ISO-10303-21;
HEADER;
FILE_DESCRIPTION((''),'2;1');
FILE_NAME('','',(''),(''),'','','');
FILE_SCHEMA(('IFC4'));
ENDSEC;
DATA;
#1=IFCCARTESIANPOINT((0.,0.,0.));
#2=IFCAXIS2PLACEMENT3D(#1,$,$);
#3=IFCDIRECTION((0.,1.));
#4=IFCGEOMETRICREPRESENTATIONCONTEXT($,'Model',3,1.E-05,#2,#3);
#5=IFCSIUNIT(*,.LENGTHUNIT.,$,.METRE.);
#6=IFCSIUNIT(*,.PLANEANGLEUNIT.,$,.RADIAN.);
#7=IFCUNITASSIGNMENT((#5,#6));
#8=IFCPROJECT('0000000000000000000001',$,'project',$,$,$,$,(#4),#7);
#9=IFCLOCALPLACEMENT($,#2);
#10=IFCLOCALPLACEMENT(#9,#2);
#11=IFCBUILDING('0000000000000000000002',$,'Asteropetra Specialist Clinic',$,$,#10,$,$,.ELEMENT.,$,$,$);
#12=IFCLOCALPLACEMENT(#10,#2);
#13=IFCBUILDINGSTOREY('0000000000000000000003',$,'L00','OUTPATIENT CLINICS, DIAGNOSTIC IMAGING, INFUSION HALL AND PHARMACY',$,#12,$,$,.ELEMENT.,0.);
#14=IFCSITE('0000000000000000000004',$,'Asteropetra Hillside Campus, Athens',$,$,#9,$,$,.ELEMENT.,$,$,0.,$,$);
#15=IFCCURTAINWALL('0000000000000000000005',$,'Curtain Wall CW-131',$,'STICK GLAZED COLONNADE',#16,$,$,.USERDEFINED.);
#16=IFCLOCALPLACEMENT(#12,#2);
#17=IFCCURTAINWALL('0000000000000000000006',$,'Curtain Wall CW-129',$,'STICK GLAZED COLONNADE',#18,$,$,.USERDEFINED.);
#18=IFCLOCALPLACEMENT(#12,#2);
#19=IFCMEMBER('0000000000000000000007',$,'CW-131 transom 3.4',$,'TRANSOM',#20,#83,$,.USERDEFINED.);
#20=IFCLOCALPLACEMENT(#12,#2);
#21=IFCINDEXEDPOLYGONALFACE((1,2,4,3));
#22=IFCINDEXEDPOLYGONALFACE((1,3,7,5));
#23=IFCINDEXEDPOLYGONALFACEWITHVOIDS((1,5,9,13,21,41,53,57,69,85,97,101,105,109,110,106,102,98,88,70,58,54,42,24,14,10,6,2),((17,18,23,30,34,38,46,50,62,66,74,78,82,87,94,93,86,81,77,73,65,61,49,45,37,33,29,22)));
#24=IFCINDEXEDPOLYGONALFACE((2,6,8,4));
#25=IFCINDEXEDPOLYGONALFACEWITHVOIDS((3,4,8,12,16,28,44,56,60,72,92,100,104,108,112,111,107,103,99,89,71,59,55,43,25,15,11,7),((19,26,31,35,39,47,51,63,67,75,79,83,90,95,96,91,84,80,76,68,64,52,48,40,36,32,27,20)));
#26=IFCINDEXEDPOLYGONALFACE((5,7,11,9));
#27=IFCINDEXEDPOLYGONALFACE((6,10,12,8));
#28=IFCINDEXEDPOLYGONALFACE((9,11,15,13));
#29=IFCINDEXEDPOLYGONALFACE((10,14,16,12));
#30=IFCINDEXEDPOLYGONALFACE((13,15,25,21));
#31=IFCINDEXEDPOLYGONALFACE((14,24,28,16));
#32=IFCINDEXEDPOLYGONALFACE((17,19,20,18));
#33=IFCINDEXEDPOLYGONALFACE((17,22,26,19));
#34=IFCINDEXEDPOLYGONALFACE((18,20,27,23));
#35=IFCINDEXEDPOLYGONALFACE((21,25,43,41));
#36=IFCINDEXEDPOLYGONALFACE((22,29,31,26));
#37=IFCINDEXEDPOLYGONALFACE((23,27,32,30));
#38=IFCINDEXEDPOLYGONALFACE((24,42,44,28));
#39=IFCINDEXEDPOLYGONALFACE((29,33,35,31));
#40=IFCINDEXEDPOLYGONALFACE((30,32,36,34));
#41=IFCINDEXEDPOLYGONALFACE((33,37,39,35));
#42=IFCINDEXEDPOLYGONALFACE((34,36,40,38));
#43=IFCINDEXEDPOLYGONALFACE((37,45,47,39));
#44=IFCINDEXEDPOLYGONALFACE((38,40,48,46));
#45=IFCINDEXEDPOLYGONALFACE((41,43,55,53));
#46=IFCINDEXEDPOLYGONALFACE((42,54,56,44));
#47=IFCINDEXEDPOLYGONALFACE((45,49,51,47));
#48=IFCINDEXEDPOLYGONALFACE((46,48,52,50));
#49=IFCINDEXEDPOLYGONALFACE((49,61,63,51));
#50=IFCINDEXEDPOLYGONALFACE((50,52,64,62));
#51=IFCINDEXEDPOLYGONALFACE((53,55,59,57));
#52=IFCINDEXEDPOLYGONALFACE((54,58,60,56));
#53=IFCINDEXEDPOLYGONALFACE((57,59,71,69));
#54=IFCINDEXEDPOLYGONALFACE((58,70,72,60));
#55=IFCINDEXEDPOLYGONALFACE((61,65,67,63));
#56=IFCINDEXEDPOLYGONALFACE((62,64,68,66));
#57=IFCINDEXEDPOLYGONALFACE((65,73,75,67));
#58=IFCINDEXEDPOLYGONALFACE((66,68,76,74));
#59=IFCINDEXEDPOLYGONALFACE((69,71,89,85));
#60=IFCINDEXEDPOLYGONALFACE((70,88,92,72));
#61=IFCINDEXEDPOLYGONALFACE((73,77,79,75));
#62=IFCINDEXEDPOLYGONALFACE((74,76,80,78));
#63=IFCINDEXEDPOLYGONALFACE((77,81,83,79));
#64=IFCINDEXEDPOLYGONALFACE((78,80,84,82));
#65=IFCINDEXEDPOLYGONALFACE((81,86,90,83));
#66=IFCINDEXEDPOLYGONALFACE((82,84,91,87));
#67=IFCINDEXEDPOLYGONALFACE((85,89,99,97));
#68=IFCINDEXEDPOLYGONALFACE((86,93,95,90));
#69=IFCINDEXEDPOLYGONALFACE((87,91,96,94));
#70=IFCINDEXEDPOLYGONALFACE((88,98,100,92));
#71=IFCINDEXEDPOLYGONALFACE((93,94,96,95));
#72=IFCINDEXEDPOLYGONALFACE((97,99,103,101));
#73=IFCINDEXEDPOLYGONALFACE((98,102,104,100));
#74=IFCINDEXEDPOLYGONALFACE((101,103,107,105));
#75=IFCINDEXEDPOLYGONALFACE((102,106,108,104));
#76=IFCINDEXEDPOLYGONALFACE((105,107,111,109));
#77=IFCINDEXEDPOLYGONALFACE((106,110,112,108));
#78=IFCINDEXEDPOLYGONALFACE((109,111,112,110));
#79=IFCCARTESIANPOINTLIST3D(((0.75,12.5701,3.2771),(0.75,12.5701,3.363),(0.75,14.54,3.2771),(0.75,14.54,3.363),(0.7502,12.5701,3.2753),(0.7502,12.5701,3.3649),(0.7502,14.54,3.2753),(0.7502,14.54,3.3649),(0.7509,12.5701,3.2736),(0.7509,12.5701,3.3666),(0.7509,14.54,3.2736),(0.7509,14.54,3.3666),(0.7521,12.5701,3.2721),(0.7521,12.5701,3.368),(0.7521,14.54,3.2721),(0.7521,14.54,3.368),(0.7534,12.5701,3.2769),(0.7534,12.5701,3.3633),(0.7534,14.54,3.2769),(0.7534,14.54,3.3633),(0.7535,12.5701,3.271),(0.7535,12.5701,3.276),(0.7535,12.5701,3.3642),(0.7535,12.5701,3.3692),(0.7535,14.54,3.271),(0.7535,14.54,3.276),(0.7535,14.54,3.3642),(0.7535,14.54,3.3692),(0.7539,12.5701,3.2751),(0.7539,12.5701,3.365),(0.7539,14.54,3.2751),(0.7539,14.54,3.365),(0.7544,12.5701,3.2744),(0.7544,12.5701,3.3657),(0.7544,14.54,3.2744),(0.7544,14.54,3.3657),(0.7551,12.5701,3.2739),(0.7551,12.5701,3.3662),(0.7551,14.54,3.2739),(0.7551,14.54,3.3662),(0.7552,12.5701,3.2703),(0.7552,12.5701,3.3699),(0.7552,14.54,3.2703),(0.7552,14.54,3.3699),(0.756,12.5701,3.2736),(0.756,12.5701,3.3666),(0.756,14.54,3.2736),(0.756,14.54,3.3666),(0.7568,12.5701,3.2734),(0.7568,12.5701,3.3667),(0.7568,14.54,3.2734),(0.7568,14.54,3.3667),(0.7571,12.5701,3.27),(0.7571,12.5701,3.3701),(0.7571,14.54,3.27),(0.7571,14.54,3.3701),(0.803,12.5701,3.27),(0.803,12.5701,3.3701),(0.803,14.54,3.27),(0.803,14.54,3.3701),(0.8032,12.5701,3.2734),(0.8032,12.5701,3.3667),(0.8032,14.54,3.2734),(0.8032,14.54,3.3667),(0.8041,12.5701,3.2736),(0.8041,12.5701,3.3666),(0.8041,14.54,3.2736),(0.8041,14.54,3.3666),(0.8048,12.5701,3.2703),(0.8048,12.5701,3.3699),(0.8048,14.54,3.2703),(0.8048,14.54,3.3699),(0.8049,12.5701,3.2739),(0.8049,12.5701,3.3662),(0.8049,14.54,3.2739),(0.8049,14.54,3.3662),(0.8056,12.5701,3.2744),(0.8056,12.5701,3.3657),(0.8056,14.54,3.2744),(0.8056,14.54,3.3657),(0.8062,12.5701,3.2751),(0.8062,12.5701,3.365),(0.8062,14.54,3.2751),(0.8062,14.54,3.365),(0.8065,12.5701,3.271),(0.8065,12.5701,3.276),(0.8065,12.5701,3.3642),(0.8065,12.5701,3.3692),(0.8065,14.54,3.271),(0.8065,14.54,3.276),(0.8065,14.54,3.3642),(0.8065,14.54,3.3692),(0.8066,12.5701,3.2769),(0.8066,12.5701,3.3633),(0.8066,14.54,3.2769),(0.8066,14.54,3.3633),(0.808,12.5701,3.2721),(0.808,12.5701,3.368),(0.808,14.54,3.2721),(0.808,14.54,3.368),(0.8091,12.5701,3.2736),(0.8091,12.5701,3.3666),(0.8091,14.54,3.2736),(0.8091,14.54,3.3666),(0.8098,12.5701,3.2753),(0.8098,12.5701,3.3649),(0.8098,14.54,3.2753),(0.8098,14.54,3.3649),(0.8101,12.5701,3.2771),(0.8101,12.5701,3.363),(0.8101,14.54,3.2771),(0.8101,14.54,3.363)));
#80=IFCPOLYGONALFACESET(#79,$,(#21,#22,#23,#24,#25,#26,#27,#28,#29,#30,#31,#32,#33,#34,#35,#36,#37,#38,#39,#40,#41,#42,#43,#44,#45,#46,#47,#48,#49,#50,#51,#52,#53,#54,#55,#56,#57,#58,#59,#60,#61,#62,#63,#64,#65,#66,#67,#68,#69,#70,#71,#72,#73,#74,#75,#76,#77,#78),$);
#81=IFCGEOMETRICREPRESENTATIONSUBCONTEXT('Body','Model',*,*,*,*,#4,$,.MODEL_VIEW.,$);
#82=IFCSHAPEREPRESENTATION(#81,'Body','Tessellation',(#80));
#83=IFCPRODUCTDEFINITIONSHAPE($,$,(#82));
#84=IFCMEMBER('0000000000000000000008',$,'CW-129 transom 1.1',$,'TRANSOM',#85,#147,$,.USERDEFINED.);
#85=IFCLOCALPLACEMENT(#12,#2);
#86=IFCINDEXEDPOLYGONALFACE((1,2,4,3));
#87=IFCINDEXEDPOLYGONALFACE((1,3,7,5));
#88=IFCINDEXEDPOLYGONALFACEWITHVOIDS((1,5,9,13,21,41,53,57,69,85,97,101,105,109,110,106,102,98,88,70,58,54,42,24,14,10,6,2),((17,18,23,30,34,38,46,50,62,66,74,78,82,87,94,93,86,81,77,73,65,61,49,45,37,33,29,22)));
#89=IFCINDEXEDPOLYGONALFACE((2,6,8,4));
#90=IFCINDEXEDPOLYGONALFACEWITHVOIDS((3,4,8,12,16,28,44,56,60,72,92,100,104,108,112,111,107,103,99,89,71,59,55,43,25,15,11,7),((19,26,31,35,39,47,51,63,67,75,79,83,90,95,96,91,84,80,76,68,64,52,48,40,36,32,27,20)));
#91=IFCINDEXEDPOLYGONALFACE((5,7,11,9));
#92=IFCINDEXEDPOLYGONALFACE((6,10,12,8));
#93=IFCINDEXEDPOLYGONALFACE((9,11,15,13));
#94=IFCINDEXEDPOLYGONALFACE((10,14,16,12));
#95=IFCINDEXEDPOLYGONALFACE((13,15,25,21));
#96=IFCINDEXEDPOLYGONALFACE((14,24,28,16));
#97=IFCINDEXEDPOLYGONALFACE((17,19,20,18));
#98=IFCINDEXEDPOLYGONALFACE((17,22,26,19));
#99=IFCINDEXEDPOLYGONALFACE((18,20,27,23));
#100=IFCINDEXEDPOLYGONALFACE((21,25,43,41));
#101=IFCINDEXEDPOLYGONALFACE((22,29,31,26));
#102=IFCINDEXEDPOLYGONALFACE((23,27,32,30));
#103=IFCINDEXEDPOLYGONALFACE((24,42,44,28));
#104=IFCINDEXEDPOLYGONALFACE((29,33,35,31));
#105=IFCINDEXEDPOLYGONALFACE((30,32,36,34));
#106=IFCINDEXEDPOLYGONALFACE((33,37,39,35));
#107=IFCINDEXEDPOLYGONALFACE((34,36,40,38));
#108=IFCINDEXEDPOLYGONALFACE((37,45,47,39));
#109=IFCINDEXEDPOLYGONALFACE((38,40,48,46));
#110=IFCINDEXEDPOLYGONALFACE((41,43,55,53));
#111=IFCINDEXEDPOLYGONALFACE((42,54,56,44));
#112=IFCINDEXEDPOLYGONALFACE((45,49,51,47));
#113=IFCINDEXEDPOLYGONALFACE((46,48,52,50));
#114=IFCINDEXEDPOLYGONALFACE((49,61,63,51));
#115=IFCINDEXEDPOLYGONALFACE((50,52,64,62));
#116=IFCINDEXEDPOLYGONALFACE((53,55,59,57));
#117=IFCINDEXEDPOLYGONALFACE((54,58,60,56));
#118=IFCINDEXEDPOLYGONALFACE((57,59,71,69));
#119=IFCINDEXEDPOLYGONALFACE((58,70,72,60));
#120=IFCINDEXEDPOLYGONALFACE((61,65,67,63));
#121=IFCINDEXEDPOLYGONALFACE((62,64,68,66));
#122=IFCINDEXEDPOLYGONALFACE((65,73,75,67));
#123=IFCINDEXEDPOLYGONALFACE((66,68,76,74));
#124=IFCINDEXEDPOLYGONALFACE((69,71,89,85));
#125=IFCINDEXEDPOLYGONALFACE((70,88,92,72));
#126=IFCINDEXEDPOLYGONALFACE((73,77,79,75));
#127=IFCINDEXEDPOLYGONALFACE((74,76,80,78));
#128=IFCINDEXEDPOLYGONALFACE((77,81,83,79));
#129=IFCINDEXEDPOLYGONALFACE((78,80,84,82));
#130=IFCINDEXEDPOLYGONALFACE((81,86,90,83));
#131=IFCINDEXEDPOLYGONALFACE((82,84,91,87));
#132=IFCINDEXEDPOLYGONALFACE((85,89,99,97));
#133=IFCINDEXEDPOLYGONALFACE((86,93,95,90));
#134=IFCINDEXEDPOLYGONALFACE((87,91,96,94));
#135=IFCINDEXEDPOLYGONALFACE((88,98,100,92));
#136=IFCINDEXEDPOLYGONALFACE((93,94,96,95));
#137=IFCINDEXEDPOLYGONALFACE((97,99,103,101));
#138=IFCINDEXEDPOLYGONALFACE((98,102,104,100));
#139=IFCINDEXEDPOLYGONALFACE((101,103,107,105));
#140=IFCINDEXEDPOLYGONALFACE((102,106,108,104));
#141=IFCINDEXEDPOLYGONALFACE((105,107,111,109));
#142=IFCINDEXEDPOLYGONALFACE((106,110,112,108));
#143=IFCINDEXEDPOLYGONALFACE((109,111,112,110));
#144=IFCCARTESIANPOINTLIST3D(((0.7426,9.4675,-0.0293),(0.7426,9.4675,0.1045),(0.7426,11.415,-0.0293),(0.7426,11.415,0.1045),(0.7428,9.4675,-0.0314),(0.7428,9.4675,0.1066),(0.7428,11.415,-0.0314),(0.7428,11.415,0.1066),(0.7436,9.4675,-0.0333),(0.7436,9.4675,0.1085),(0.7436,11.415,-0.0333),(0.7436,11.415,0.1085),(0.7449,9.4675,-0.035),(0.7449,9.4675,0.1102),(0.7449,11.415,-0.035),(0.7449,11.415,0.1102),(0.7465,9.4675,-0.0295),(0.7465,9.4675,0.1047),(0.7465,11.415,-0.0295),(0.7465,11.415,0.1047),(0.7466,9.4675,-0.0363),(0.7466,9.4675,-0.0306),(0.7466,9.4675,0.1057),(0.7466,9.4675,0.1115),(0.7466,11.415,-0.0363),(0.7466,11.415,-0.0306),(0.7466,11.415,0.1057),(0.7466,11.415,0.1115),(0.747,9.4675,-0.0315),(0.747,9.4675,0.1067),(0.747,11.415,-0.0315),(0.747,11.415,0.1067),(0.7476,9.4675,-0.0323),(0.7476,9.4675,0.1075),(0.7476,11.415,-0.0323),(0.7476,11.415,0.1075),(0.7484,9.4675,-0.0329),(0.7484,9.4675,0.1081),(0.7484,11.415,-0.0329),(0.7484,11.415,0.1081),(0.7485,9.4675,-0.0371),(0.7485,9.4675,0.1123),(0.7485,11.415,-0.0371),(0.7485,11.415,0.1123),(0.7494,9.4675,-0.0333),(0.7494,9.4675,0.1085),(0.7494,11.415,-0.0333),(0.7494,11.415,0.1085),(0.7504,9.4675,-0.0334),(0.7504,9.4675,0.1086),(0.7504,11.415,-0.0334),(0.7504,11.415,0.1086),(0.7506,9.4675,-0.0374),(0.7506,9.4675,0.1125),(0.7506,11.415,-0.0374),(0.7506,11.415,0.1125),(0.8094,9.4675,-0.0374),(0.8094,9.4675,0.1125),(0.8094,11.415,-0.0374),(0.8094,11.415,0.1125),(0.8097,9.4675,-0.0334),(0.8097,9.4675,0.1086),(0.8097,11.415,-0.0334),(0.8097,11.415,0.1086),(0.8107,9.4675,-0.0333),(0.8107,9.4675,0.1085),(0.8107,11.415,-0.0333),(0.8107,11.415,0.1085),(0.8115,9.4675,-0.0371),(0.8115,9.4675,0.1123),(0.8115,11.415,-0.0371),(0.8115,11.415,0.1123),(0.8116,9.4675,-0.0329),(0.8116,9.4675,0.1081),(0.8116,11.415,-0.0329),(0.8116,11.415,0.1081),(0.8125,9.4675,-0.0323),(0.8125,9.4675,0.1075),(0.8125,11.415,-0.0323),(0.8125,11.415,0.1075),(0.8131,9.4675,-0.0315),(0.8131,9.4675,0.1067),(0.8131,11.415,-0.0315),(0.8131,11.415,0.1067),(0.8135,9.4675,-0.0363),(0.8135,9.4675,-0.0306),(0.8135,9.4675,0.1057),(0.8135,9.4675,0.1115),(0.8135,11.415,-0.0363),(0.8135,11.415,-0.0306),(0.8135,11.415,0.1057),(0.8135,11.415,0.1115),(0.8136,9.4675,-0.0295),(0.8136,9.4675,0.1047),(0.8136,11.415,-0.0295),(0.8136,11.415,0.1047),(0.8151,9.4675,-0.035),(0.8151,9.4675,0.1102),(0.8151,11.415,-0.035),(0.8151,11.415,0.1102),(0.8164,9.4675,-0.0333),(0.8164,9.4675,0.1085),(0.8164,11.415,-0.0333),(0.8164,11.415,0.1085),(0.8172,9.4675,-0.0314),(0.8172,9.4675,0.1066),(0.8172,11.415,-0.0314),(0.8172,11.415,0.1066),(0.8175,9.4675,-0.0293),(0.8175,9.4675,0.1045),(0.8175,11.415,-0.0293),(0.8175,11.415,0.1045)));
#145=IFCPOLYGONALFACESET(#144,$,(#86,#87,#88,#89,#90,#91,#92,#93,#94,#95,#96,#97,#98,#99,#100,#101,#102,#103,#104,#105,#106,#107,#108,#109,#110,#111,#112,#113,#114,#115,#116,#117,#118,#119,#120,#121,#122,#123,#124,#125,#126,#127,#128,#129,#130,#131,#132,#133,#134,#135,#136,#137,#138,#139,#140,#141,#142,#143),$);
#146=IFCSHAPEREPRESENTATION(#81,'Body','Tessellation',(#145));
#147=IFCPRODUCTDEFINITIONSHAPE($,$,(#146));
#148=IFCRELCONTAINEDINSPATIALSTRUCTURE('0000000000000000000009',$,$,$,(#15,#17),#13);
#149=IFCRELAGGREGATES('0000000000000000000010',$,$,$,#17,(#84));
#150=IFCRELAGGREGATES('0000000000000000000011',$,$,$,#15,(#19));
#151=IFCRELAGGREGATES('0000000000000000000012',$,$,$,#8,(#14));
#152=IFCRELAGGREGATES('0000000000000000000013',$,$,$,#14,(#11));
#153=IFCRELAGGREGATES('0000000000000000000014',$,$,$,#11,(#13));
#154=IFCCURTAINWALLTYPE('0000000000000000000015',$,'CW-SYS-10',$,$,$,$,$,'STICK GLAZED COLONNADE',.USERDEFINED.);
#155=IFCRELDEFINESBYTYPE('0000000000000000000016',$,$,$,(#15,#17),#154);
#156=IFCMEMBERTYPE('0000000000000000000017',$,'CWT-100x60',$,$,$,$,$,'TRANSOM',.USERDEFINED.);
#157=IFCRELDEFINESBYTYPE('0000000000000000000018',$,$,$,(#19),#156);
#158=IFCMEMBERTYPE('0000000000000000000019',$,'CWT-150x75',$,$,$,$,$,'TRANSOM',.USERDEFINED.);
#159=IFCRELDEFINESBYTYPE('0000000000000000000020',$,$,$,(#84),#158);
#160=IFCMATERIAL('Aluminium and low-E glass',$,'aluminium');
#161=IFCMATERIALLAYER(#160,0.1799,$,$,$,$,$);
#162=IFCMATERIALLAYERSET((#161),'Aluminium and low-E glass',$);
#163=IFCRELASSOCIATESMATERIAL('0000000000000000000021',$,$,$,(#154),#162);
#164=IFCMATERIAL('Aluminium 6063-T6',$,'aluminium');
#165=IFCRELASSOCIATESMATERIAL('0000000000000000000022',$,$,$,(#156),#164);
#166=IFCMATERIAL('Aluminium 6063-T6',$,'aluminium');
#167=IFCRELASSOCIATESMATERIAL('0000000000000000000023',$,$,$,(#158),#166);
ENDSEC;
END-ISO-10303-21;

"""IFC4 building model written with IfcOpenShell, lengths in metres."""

from ifc_helpers import new_model, si_unit, direction, frame, origin, origin_2d, place, context, subcontext, project, spatial, hollow_rectangle, extrude, material, layer, layer_set, material_profile, profile_set, type_object, element, aggregate, save


model = new_model("IFC4")

# Units and contexts
model_context = context("Model", 3, precision=1e-05, world=origin(), true_north=direction((0.0, 1.0)))
body_context = subcontext(model_context, "Body", "Model", "MODEL_VIEW")
ifc_project = project(units=[si_unit("LENGTHUNIT", "METRE"), si_unit("PLANEANGLEUNIT", "RADIAN")], contexts=[model_context])

# Site, building, storey
site_placement = place(None, origin())
site = spatial("IfcSite", under=ifc_project, at=site_placement, Name="Asteropetra Hillside Campus, Athens", CompositionType="ELEMENT", RefElevation=0.0)
building_placement = place(site_placement, origin())
building = spatial("IfcBuilding", under=site, at=building_placement, Name="Asteropetra Specialist Clinic", CompositionType="ELEMENT")
storey_placement = place(building_placement, origin())
storey = spatial("IfcBuildingStorey", under=building, at=storey_placement, Name="L00", Description="OUTPATIENT CLINICS, DIAGNOSTIC IMAGING, INFUSION HALL AND PHARMACY", CompositionType="ELEMENT", Elevation=0.0)

# Curtain walls
ifc_material_1 = material(Name="Aluminium and low-E glass", Category="aluminium")
ifc_layer_1 = layer(ifc_material_1, 0.1799)
ifc_layer_set_1 = layer_set([ifc_layer_1], Name="Aluminium and low-E glass")
curtain_wall_type = type_object("IfcCurtainWallType", Name="CW-SYS-10", ElementType="STICK GLAZED COLONNADE", PredefinedType="USERDEFINED", material=ifc_layer_set_1)
curtain_wall_1_placement = place(storey_placement, origin())
curtain_wall_1 = element("IfcCurtainWall", 1, at=curtain_wall_1_placement, inside=storey, type_object=curtain_wall_type, Name="Curtain Wall CW-131", ObjectType="STICK GLAZED COLONNADE", PredefinedType="USERDEFINED")
curtain_wall_2_placement = place(storey_placement, origin())
curtain_wall_2 = element("IfcCurtainWall", 2, at=curtain_wall_2_placement, inside=storey, type_object=curtain_wall_type, Name="Curtain Wall CW-129", ObjectType="STICK GLAZED COLONNADE", PredefinedType="USERDEFINED")

# Members
ifc_material_2 = material(Name="Aluminium 6063-T6", Category="aluminium")
ifc_material_profile_1 = material_profile(ifc_material_2, hollow_rectangle(XDim=0.0601, YDim=0.1001, WallThickness=0.0034, InnerFilletRadius=0.0034, OuterFilletRadius=0.0071, at=origin_2d()), Name="TRN 100x60x3.5")
ifc_profile_set_1 = profile_set([ifc_material_profile_1], Name="Aluminium 6063-T6")
member_type_1 = type_object("IfcMemberType", Name="CWT-100x60", ElementType="TRANSOM", PredefinedType="USERDEFINED", material=ifc_profile_set_1)
member_1_placement = place(storey_placement, frame((0.78, 14.54, 3.3201), z_axis=(0.0, -1.0, 0.0), x_axis=(1.0, 0.0, 0.0)))
member_1 = element("IfcMember", 3, at=member_1_placement, type_object=member_type_1, Name="CW-131 transom 3.4", ObjectType="TRANSOM", PredefinedType="USERDEFINED", context=body_context, shape_type="SweptSolid", body=[
    extrude(hollow_rectangle(XDim=0.0601, YDim=0.1001, WallThickness=0.0034, InnerFilletRadius=0.0034, OuterFilletRadius=0.0071, at=origin_2d()), origin(), (0.0, 0.0, 1.0), 1.97),
])
ifc_material_3 = material(Name="Aluminium 6063-T6", Category="aluminium")
ifc_material_profile_2 = material_profile(ifc_material_3, hollow_rectangle(XDim=0.075, YDim=0.1499, WallThickness=0.0039, InnerFilletRadius=0.0039, OuterFilletRadius=0.0081, at=origin_2d()), Name="TRN 150x75x4.0")
ifc_profile_set_2 = profile_set([ifc_material_profile_2], Name="Aluminium 6063-T6")
member_type_2 = type_object("IfcMemberType", Name="CWT-150x75", ElementType="TRANSOM", PredefinedType="USERDEFINED", material=ifc_profile_set_2)
member_2_placement = place(storey_placement, frame((0.78, 11.415, 0.0376), z_axis=(0.0, -1.0, 0.0), x_axis=(1.0, 0.0, 0.0)))
member_2 = element("IfcMember", 4, at=member_2_placement, type_object=member_type_2, Name="CW-129 transom 1.1", ObjectType="TRANSOM", PredefinedType="USERDEFINED", context=body_context, shape_type="SweptSolid", body=[
    extrude(hollow_rectangle(XDim=0.075, YDim=0.1499, WallThickness=0.0039, InnerFilletRadius=0.0039, OuterFilletRadius=0.0081, at=origin_2d()), origin(), (0.0, 0.0, 1.0), 1.9475),
])

aggregate(curtain_wall_2, [member_2])
aggregate(curtain_wall_1, [member_1])

save(model, "model.ifc")
